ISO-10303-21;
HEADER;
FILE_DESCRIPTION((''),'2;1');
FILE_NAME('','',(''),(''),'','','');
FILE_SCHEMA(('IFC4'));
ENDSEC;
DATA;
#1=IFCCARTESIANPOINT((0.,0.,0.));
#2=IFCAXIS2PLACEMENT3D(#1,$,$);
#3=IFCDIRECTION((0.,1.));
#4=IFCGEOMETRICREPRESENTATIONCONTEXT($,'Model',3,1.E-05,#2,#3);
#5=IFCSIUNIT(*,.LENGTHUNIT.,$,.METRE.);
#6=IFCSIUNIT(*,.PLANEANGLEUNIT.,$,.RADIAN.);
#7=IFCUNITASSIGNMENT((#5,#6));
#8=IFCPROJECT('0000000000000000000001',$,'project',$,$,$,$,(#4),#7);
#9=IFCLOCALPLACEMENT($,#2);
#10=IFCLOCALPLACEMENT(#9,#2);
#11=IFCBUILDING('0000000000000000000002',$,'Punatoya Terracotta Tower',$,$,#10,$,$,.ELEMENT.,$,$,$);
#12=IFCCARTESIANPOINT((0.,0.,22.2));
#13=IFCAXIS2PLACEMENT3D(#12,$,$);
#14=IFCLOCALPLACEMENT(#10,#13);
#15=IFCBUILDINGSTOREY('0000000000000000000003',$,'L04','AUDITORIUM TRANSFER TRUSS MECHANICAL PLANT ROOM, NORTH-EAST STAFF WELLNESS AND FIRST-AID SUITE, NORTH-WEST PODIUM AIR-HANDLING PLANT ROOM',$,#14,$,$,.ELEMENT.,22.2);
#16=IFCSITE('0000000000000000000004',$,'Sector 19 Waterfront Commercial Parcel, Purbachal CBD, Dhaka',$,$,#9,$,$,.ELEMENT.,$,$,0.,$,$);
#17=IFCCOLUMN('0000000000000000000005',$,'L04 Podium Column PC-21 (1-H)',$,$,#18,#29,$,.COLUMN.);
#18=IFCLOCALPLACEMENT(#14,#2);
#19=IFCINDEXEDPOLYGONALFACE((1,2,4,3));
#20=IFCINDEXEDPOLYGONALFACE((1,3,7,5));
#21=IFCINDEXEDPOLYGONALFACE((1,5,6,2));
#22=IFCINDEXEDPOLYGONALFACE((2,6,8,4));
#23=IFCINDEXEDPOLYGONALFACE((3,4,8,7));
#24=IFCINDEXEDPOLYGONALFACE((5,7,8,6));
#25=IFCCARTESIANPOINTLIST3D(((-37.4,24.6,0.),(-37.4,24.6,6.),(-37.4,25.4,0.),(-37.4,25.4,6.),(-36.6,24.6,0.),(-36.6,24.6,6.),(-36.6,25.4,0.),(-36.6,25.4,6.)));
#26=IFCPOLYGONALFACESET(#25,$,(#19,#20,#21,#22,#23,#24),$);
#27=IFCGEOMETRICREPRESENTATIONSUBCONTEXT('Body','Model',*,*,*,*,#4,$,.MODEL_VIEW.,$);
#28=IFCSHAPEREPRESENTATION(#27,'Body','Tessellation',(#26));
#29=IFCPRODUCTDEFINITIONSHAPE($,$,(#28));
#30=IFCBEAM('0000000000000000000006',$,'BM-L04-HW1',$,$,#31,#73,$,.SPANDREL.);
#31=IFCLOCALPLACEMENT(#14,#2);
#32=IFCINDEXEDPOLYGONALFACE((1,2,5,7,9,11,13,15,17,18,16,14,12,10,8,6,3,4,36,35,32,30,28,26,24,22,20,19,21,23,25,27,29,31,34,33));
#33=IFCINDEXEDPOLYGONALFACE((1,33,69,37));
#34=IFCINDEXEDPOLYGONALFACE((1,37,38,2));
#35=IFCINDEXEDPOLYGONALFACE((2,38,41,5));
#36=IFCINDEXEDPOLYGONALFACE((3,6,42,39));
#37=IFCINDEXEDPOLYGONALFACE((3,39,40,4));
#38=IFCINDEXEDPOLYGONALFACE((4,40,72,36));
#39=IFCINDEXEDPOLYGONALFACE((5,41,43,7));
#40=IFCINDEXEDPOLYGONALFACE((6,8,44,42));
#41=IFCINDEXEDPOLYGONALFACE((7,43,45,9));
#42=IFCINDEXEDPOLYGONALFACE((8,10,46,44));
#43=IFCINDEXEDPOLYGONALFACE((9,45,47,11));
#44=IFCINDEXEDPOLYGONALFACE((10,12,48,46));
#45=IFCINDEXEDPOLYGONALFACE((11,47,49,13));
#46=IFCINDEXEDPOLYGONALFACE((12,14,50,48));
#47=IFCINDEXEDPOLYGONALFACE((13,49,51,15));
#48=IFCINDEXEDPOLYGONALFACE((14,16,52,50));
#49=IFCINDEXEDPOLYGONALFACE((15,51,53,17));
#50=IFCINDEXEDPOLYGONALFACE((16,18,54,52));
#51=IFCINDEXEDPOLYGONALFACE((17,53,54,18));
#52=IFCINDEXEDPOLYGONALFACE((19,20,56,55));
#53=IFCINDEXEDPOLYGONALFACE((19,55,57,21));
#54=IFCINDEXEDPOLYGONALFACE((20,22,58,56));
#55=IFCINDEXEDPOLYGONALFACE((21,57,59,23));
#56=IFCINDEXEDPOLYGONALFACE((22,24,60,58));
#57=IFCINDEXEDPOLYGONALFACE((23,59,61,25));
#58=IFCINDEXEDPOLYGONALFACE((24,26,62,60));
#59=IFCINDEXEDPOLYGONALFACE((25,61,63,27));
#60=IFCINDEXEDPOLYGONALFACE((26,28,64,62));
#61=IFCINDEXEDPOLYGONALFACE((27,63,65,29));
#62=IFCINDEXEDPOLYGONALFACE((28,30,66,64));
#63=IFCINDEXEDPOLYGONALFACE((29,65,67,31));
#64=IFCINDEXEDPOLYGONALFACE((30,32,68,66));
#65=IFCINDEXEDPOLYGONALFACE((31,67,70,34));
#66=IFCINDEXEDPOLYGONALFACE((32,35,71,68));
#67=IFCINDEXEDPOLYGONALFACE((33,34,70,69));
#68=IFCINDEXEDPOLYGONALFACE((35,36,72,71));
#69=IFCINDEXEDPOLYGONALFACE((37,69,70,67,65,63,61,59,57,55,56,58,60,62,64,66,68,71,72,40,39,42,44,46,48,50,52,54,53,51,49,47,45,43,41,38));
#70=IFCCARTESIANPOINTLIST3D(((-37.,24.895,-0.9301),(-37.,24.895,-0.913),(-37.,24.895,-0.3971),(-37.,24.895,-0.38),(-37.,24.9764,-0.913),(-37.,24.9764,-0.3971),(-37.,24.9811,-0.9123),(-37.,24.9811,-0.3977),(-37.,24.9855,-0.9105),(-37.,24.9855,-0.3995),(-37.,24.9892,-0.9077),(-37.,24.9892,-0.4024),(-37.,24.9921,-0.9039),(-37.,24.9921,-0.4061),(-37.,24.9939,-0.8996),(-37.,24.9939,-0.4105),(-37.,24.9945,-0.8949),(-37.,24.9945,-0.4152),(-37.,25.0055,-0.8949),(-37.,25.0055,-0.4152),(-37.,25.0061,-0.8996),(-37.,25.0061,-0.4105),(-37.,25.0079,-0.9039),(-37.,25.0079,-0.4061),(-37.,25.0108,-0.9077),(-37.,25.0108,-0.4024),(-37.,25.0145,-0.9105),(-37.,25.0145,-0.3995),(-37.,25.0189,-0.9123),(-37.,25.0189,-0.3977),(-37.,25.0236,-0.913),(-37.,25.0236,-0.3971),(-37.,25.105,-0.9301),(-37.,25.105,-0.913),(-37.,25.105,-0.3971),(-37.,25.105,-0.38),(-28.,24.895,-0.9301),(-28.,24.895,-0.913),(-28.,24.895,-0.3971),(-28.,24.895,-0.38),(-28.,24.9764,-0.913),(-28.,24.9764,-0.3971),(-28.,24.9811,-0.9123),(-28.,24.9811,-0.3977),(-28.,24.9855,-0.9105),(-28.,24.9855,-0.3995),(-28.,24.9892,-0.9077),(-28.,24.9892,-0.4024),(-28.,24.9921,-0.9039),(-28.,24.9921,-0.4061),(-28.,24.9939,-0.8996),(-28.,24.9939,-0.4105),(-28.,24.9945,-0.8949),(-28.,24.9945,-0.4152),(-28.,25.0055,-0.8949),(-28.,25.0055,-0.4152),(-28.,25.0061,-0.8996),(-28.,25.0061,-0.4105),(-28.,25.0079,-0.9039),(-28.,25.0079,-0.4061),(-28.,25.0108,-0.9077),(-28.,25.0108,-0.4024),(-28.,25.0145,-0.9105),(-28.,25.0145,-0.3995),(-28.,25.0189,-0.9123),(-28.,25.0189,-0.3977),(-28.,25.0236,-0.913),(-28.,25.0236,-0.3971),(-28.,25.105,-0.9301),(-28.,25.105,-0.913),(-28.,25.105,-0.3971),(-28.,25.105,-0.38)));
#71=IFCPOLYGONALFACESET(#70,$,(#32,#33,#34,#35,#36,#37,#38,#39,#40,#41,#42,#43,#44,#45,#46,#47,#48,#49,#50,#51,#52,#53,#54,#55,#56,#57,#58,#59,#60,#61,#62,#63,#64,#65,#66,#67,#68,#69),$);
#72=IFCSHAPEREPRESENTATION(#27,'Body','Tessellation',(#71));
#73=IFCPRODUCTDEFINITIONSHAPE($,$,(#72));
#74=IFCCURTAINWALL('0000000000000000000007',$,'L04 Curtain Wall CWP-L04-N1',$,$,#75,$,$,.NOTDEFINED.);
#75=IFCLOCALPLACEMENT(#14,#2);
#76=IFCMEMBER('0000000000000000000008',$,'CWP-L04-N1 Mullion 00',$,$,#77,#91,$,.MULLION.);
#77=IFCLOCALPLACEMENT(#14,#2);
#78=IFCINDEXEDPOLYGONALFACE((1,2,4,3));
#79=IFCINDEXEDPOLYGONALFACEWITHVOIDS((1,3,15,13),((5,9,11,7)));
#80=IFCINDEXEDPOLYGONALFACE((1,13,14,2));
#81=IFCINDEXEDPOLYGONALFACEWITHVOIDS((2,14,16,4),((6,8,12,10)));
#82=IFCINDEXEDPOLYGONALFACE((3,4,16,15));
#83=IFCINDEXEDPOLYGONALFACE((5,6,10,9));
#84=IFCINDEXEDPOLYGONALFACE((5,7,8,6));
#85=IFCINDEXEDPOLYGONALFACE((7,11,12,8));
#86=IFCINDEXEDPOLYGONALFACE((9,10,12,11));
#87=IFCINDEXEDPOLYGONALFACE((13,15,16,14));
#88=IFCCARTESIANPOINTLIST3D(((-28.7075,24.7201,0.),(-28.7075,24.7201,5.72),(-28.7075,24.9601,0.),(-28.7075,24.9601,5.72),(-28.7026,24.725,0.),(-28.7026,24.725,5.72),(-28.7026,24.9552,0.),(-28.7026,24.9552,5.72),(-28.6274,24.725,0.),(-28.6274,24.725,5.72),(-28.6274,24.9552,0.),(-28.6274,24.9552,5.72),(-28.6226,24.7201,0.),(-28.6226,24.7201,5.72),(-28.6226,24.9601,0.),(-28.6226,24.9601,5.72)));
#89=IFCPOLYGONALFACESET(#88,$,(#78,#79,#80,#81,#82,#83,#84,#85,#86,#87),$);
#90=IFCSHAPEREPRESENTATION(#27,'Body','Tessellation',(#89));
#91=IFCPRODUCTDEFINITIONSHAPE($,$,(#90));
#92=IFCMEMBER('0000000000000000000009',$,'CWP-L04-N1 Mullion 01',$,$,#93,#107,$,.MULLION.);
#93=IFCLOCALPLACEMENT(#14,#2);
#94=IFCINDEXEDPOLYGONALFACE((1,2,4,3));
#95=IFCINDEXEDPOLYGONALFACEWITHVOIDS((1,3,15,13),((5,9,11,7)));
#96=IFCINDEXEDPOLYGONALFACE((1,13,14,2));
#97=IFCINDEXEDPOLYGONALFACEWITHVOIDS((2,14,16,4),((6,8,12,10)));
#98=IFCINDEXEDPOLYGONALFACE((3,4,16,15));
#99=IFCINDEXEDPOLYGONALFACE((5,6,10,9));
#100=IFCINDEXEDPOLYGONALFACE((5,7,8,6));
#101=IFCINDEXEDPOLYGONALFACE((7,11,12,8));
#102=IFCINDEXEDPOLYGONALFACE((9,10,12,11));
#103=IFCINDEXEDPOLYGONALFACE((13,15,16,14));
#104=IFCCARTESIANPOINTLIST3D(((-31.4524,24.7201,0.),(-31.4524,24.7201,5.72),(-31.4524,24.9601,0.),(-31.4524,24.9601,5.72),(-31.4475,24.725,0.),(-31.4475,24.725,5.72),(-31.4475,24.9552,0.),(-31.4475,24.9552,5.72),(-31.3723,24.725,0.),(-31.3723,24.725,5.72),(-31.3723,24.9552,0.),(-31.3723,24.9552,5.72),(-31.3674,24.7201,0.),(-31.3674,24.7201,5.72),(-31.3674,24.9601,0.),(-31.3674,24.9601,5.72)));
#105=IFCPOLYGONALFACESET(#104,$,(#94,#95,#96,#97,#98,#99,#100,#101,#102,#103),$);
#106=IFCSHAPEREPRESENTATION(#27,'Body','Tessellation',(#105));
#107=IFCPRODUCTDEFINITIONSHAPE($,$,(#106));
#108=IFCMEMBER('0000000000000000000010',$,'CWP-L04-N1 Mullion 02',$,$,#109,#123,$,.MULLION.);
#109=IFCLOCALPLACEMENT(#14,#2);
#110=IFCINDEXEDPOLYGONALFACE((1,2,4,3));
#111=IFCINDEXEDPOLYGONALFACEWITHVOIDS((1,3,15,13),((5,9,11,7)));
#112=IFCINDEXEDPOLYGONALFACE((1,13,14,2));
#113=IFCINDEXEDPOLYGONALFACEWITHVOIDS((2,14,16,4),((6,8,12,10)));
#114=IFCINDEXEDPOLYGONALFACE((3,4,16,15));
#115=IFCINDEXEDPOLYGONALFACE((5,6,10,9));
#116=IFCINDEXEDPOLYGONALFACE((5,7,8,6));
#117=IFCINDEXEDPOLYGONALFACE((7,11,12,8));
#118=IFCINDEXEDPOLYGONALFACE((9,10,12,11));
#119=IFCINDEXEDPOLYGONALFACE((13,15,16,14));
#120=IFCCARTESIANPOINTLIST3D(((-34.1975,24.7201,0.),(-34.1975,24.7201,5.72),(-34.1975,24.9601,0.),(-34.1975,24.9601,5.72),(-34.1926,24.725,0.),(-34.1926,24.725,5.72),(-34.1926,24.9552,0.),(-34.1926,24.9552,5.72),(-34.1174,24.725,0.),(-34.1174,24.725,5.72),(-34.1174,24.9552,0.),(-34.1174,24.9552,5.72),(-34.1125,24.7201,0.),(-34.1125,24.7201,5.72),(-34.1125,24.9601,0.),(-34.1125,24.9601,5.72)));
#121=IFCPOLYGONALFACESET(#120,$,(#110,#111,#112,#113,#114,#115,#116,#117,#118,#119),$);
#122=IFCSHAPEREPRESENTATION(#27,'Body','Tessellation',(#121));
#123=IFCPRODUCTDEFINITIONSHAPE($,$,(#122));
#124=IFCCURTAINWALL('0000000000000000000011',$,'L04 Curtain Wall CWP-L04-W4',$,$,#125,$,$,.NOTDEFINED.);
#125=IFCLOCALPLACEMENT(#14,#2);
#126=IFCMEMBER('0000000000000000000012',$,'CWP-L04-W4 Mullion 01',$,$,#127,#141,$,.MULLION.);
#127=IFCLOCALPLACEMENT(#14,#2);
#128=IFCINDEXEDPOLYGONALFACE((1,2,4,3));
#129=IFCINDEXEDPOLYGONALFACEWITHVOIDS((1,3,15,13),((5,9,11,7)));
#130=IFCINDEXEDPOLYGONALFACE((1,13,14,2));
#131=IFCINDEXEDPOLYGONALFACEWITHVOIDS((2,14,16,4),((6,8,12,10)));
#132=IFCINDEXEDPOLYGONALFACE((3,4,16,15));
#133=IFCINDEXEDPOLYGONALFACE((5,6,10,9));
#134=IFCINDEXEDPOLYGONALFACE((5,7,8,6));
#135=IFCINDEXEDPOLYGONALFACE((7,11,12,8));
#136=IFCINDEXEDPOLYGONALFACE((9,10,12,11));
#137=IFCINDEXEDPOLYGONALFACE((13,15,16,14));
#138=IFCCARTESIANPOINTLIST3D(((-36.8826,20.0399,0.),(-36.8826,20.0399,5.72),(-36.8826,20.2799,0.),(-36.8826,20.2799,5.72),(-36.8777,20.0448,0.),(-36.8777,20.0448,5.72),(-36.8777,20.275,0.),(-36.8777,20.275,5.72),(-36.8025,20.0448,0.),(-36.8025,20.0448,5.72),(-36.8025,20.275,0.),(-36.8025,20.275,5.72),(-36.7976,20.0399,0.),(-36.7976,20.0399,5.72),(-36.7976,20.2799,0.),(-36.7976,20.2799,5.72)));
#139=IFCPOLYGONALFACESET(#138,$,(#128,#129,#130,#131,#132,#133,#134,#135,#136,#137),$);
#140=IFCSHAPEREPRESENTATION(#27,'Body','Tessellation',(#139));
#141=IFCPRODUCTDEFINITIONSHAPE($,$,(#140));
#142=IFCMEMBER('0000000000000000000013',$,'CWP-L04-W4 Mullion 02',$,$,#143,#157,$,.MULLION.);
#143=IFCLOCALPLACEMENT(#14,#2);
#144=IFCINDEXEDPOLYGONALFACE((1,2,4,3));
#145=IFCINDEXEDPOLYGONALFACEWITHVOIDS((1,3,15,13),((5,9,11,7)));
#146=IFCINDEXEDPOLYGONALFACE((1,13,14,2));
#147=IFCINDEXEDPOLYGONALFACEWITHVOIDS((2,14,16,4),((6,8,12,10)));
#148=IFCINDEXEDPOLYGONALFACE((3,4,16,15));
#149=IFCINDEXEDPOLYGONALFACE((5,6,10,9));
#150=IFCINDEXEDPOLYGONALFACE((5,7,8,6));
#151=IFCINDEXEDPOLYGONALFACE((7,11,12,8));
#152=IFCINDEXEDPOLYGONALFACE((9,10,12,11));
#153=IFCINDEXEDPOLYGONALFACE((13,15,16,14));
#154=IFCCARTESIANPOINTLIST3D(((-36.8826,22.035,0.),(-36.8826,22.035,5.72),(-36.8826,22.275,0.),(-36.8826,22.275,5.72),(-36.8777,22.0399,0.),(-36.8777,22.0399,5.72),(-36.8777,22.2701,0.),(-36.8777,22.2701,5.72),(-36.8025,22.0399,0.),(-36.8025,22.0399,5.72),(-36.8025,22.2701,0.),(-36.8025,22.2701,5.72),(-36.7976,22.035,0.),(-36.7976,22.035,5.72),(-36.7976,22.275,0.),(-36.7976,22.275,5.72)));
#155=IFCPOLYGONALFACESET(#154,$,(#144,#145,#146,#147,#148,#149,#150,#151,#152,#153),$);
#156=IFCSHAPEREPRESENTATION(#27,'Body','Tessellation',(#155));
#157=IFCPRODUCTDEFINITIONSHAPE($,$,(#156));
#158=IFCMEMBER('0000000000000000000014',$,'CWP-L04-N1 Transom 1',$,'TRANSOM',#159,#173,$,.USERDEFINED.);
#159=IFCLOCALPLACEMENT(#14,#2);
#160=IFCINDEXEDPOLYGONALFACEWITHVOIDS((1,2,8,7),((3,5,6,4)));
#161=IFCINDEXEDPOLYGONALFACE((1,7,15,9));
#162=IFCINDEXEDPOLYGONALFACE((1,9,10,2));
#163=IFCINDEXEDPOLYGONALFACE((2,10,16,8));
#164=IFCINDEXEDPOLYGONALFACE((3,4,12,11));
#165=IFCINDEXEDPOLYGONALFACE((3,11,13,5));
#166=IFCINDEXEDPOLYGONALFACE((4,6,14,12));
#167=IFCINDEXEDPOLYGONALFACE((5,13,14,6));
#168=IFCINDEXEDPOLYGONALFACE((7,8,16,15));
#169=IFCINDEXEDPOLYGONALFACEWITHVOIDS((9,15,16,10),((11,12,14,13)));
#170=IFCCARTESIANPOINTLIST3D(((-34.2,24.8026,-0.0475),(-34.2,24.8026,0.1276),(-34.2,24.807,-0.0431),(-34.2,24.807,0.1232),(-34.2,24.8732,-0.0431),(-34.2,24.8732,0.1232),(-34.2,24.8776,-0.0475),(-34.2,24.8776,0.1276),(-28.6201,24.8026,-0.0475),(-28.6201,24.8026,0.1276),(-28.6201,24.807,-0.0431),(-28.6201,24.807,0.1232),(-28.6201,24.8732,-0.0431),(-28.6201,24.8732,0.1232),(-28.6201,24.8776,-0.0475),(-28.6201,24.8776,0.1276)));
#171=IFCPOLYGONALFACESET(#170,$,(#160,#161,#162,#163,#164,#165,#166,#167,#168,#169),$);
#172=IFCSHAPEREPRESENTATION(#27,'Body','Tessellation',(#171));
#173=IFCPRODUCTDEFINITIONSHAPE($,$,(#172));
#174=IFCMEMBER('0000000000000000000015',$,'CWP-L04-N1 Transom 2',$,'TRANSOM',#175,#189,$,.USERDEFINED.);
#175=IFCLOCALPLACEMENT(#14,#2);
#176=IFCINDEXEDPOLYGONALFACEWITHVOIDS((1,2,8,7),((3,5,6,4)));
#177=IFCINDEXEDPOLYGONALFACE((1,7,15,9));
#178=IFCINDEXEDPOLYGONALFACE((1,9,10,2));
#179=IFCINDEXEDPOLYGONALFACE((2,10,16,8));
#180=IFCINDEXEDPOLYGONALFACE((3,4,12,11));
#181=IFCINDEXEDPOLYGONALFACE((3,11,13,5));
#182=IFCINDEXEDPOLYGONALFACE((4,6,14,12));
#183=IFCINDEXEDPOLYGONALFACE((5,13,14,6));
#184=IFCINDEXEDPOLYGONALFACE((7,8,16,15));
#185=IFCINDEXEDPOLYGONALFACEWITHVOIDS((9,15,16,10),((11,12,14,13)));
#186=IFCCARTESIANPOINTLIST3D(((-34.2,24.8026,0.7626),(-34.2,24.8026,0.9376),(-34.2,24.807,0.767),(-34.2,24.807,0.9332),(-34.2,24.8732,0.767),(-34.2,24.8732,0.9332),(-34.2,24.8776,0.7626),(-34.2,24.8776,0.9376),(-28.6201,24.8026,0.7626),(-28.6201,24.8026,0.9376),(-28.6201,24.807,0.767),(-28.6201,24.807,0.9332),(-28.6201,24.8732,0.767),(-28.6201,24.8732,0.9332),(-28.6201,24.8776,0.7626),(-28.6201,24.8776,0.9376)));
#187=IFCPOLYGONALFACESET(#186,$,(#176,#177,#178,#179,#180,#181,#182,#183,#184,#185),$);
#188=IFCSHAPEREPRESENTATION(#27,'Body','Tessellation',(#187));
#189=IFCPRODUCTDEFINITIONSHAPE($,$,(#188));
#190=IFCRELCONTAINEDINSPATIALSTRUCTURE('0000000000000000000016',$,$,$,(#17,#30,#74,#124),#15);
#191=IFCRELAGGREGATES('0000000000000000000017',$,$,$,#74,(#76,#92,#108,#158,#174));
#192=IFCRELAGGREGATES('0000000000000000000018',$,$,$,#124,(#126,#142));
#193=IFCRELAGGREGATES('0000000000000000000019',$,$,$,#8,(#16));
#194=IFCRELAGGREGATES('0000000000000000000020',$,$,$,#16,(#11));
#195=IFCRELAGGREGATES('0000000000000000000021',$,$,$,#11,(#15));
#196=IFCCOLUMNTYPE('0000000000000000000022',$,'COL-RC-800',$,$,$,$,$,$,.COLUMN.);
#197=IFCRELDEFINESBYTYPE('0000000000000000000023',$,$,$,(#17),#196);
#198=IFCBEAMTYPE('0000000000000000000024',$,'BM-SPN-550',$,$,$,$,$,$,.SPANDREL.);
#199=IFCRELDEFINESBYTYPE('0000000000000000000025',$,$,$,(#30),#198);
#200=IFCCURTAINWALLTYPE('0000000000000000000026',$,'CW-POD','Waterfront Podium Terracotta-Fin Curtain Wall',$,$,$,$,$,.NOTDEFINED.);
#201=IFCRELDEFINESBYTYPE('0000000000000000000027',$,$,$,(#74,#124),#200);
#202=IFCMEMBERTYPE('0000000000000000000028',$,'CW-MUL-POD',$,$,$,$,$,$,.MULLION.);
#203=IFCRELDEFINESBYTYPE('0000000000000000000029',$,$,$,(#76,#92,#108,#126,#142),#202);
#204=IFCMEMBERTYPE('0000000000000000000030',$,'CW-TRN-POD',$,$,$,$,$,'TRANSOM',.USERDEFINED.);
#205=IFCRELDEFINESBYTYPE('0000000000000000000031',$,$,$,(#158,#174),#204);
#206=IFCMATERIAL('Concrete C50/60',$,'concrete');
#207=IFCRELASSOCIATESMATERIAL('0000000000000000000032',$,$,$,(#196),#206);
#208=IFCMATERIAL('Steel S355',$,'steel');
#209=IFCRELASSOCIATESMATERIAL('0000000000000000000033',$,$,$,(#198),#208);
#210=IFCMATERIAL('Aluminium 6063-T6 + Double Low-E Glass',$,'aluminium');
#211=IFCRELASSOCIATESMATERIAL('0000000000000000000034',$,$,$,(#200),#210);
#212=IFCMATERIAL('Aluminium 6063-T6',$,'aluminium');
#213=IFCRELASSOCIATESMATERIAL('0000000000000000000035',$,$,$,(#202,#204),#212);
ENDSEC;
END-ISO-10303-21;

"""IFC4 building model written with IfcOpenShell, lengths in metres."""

from ifc_helpers import new_model, si_unit, direction, frame, origin, origin_2d, place, context, subcontext, project, spatial, rectangle, hollow_rectangle, i_section, extrude, material, material_profile, profile_set, type_object, element, aggregate, save


model = new_model("IFC4")

# Units and contexts
model_context = context("Model", 3, precision=1e-05, world=origin(), true_north=direction((0.0, 1.0)))
body_context = subcontext(model_context, "Body", "Model", "MODEL_VIEW")
ifc_project = project(units=[si_unit("LENGTHUNIT", "METRE"), si_unit("PLANEANGLEUNIT", "RADIAN")], contexts=[model_context])

# Site, building, storey
site_placement = place(None, origin())
site = spatial("IfcSite", under=ifc_project, at=site_placement, Name="Sector 19 Waterfront Commercial Parcel, Purbachal CBD, Dhaka", CompositionType="ELEMENT", RefElevation=0.0)
building_placement = place(site_placement, origin())
building = spatial("IfcBuilding", under=site, at=building_placement, Name="Punatoya Terracotta Tower", CompositionType="ELEMENT")
storey_placement = place(building_placement, frame((0.0, 0.0, 22.2)))
storey = spatial("IfcBuildingStorey", under=building, at=storey_placement, Name="L04", Description="AUDITORIUM TRANSFER TRUSS MECHANICAL PLANT ROOM, NORTH-EAST STAFF WELLNESS AND FIRST-AID SUITE, NORTH-WEST PODIUM AIR-HANDLING PLANT ROOM", CompositionType="ELEMENT", Elevation=22.2)

# Column
ifc_material_1 = material(Name="Concrete C50/60", Category="concrete")
ifc_material_profile_1 = material_profile(ifc_material_1, rectangle(XDim=0.8, YDim=0.8, at=origin_2d()))
ifc_profile_set_1 = profile_set([ifc_material_profile_1], Name="Concrete C50/60")
column_type = type_object("IfcColumnType", Name="COL-RC-800", PredefinedType="COLUMN", material=ifc_profile_set_1)
column_placement = place(storey_placement, frame((-37.0, 25.0, 0.0), z_axis=(0.0, 0.0, 1.0), x_axis=(1.0, 0.0, 0.0)))
element("IfcColumn", 1, at=column_placement, inside=storey, type_object=column_type, Name="L04 Podium Column PC-21 (1-H)", PredefinedType="COLUMN", context=body_context, shape_type="SweptSolid", body=[
    extrude(rectangle(XDim=0.8, YDim=0.8, at=origin_2d()), origin(), (0.0, 0.0, 1.0), 6.0),
])

# Beam
ifc_material_2 = material(Name="Steel S355", Category="steel")
ifc_material_profile_2 = material_profile(ifc_material_2, i_section(OverallWidth=0.21, OverallDepth=0.55, WebThickness=0.011, FlangeThickness=0.0171, FilletRadius=0.0181, at=origin_2d()))
ifc_profile_set_2 = profile_set([ifc_material_profile_2], Name="Steel S355")
beam_type = type_object("IfcBeamType", Name="BM-SPN-550", PredefinedType="SPANDREL", material=ifc_profile_set_2)
beam_placement = place(storey_placement, frame((-37.0, 25.0, -0.655), z_axis=(1.0, 0.0, 0.0), x_axis=(0.0, 1.0, 0.0)))
element("IfcBeam", 2, at=beam_placement, inside=storey, type_object=beam_type, Name="BM-L04-HW1", PredefinedType="SPANDREL", context=body_context, shape_type="SweptSolid", body=[
    extrude(i_section(OverallWidth=0.21, OverallDepth=0.55, WebThickness=0.011, FlangeThickness=0.0171, FilletRadius=0.0181, at=origin_2d()), origin(), (0.0, 0.0, 1.0), 9.0),
])

# Curtain walls, members
ifc_material_3 = material(Name="Aluminium 6063-T6 + Double Low-E Glass", Category="aluminium")
curtain_wall_type = type_object("IfcCurtainWallType", Name="CW-POD", Description="Waterfront Podium Terracotta-Fin Curtain Wall", PredefinedType="NOTDEFINED", material=ifc_material_3)
curtain_wall_1_placement = place(storey_placement, origin())
curtain_wall_1 = element("IfcCurtainWall", 3, at=curtain_wall_1_placement, inside=storey, type_object=curtain_wall_type, Name="L04 Curtain Wall CWP-L04-N1", PredefinedType="NOTDEFINED")
ifc_material_4 = material(Name="Aluminium 6063-T6", Category="aluminium")
ifc_material_profile_3 = material_profile(ifc_material_4, hollow_rectangle(XDim=0.085, YDim=0.24, WallThickness=0.0049, at=origin_2d()))
ifc_profile_set_3 = profile_set([ifc_material_profile_3], Name="Aluminium 6063-T6")
member_type_1 = type_object("IfcMemberType", Name="CW-MUL-POD", PredefinedType="MULLION", material=ifc_profile_set_3)
member_1_placement = place(storey_placement, frame((-28.665, 24.8401, 0.0), z_axis=(0.0, 0.0, 1.0), x_axis=(1.0, 0.0, 0.0)))
member_1 = element("IfcMember", 4, at=member_1_placement, type_object=member_type_1, Name="CWP-L04-N1 Mullion 00", PredefinedType="MULLION", context=body_context, shape_type="SweptSolid", body=[
    extrude(hollow_rectangle(XDim=0.085, YDim=0.24, WallThickness=0.0049, at=origin_2d()), origin(), (0.0, 0.0, 1.0), 5.72),
])
member_2_placement = place(storey_placement, frame((-31.4099, 24.8401, 0.0), z_axis=(0.0, 0.0, 1.0), x_axis=(1.0, 0.0, 0.0)))
member_2 = element("IfcMember", 5, at=member_2_placement, type_object=member_type_1, Name="CWP-L04-N1 Mullion 01", PredefinedType="MULLION", context=body_context, shape_type="SweptSolid", body=[
    extrude(hollow_rectangle(XDim=0.085, YDim=0.24, WallThickness=0.0049, at=origin_2d()), origin(), (0.0, 0.0, 1.0), 5.72),
])
member_3_placement = place(storey_placement, frame((-34.155, 24.8401, 0.0), z_axis=(0.0, 0.0, 1.0), x_axis=(1.0, 0.0, 0.0)))
member_3 = element("IfcMember", 6, at=member_3_placement, type_object=member_type_1, Name="CWP-L04-N1 Mullion 02", PredefinedType="MULLION", context=body_context, shape_type="SweptSolid", body=[
    extrude(hollow_rectangle(XDim=0.085, YDim=0.24, WallThickness=0.0049, at=origin_2d()), origin(), (0.0, 0.0, 1.0), 5.72),
])
curtain_wall_2_placement = place(storey_placement, origin())
curtain_wall_2 = element("IfcCurtainWall", 7, at=curtain_wall_2_placement, inside=storey, type_object=curtain_wall_type, Name="L04 Curtain Wall CWP-L04-W4", PredefinedType="NOTDEFINED")
member_4_placement = place(storey_placement, frame((-36.8401, 20.1599, 0.0), z_axis=(0.0, 0.0, 1.0), x_axis=(1.0, 0.0, 0.0)))
member_4 = element("IfcMember", 8, at=member_4_placement, type_object=member_type_1, Name="CWP-L04-W4 Mullion 01", PredefinedType="MULLION", context=body_context, shape_type="SweptSolid", body=[
    extrude(hollow_rectangle(XDim=0.085, YDim=0.24, WallThickness=0.0049, at=origin_2d()), origin(), (0.0, 0.0, 1.0), 5.72),
])
member_5_placement = place(storey_placement, frame((-36.8401, 22.155, 0.0), z_axis=(0.0, 0.0, 1.0), x_axis=(1.0, 0.0, 0.0)))
member_5 = element("IfcMember", 9, at=member_5_placement, type_object=member_type_1, Name="CWP-L04-W4 Mullion 02", PredefinedType="MULLION", context=body_context, shape_type="SweptSolid", body=[
    extrude(hollow_rectangle(XDim=0.085, YDim=0.24, WallThickness=0.0049, at=origin_2d()), origin(), (0.0, 0.0, 1.0), 5.72),
])

# Members
ifc_material_profile_4 = material_profile(ifc_material_4, hollow_rectangle(XDim=0.075, YDim=0.175, WallThickness=0.0044, at=origin_2d()))
ifc_profile_set_4 = profile_set([ifc_material_profile_4], Name="Aluminium 6063-T6")
member_type_2 = type_object("IfcMemberType", Name="CW-TRN-POD", ElementType="TRANSOM", PredefinedType="USERDEFINED", material=ifc_profile_set_4)
member_6_placement = place(storey_placement, frame((-28.6201, 24.8401, 0.04), z_axis=(-1.0, 0.0, 0.0), x_axis=(0.0, -1.0, 0.0)))
member_6 = element("IfcMember", 10, at=member_6_placement, type_object=member_type_2, Name="CWP-L04-N1 Transom 1", ObjectType="TRANSOM", PredefinedType="USERDEFINED", context=body_context, shape_type="SweptSolid", body=[
    extrude(hollow_rectangle(XDim=0.075, YDim=0.175, WallThickness=0.0044, at=origin_2d()), origin(), (0.0, 0.0, 1.0), 5.5798),
])
member_7_placement = place(storey_placement, frame((-28.6201, 24.8401, 0.8501), z_axis=(-1.0, 0.0, 0.0), x_axis=(0.0, -1.0, 0.0)))
member_7 = element("IfcMember", 11, at=member_7_placement, type_object=member_type_2, Name="CWP-L04-N1 Transom 2", ObjectType="TRANSOM", PredefinedType="USERDEFINED", context=body_context, shape_type="SweptSolid", body=[
    extrude(hollow_rectangle(XDim=0.075, YDim=0.175, WallThickness=0.0044, at=origin_2d()), origin(), (0.0, 0.0, 1.0), 5.5798),
])

aggregate(curtain_wall_1, [member_1, member_2, member_3, member_6, member_7])
aggregate(curtain_wall_2, [member_4, member_5])

save(model, "model.ifc")
